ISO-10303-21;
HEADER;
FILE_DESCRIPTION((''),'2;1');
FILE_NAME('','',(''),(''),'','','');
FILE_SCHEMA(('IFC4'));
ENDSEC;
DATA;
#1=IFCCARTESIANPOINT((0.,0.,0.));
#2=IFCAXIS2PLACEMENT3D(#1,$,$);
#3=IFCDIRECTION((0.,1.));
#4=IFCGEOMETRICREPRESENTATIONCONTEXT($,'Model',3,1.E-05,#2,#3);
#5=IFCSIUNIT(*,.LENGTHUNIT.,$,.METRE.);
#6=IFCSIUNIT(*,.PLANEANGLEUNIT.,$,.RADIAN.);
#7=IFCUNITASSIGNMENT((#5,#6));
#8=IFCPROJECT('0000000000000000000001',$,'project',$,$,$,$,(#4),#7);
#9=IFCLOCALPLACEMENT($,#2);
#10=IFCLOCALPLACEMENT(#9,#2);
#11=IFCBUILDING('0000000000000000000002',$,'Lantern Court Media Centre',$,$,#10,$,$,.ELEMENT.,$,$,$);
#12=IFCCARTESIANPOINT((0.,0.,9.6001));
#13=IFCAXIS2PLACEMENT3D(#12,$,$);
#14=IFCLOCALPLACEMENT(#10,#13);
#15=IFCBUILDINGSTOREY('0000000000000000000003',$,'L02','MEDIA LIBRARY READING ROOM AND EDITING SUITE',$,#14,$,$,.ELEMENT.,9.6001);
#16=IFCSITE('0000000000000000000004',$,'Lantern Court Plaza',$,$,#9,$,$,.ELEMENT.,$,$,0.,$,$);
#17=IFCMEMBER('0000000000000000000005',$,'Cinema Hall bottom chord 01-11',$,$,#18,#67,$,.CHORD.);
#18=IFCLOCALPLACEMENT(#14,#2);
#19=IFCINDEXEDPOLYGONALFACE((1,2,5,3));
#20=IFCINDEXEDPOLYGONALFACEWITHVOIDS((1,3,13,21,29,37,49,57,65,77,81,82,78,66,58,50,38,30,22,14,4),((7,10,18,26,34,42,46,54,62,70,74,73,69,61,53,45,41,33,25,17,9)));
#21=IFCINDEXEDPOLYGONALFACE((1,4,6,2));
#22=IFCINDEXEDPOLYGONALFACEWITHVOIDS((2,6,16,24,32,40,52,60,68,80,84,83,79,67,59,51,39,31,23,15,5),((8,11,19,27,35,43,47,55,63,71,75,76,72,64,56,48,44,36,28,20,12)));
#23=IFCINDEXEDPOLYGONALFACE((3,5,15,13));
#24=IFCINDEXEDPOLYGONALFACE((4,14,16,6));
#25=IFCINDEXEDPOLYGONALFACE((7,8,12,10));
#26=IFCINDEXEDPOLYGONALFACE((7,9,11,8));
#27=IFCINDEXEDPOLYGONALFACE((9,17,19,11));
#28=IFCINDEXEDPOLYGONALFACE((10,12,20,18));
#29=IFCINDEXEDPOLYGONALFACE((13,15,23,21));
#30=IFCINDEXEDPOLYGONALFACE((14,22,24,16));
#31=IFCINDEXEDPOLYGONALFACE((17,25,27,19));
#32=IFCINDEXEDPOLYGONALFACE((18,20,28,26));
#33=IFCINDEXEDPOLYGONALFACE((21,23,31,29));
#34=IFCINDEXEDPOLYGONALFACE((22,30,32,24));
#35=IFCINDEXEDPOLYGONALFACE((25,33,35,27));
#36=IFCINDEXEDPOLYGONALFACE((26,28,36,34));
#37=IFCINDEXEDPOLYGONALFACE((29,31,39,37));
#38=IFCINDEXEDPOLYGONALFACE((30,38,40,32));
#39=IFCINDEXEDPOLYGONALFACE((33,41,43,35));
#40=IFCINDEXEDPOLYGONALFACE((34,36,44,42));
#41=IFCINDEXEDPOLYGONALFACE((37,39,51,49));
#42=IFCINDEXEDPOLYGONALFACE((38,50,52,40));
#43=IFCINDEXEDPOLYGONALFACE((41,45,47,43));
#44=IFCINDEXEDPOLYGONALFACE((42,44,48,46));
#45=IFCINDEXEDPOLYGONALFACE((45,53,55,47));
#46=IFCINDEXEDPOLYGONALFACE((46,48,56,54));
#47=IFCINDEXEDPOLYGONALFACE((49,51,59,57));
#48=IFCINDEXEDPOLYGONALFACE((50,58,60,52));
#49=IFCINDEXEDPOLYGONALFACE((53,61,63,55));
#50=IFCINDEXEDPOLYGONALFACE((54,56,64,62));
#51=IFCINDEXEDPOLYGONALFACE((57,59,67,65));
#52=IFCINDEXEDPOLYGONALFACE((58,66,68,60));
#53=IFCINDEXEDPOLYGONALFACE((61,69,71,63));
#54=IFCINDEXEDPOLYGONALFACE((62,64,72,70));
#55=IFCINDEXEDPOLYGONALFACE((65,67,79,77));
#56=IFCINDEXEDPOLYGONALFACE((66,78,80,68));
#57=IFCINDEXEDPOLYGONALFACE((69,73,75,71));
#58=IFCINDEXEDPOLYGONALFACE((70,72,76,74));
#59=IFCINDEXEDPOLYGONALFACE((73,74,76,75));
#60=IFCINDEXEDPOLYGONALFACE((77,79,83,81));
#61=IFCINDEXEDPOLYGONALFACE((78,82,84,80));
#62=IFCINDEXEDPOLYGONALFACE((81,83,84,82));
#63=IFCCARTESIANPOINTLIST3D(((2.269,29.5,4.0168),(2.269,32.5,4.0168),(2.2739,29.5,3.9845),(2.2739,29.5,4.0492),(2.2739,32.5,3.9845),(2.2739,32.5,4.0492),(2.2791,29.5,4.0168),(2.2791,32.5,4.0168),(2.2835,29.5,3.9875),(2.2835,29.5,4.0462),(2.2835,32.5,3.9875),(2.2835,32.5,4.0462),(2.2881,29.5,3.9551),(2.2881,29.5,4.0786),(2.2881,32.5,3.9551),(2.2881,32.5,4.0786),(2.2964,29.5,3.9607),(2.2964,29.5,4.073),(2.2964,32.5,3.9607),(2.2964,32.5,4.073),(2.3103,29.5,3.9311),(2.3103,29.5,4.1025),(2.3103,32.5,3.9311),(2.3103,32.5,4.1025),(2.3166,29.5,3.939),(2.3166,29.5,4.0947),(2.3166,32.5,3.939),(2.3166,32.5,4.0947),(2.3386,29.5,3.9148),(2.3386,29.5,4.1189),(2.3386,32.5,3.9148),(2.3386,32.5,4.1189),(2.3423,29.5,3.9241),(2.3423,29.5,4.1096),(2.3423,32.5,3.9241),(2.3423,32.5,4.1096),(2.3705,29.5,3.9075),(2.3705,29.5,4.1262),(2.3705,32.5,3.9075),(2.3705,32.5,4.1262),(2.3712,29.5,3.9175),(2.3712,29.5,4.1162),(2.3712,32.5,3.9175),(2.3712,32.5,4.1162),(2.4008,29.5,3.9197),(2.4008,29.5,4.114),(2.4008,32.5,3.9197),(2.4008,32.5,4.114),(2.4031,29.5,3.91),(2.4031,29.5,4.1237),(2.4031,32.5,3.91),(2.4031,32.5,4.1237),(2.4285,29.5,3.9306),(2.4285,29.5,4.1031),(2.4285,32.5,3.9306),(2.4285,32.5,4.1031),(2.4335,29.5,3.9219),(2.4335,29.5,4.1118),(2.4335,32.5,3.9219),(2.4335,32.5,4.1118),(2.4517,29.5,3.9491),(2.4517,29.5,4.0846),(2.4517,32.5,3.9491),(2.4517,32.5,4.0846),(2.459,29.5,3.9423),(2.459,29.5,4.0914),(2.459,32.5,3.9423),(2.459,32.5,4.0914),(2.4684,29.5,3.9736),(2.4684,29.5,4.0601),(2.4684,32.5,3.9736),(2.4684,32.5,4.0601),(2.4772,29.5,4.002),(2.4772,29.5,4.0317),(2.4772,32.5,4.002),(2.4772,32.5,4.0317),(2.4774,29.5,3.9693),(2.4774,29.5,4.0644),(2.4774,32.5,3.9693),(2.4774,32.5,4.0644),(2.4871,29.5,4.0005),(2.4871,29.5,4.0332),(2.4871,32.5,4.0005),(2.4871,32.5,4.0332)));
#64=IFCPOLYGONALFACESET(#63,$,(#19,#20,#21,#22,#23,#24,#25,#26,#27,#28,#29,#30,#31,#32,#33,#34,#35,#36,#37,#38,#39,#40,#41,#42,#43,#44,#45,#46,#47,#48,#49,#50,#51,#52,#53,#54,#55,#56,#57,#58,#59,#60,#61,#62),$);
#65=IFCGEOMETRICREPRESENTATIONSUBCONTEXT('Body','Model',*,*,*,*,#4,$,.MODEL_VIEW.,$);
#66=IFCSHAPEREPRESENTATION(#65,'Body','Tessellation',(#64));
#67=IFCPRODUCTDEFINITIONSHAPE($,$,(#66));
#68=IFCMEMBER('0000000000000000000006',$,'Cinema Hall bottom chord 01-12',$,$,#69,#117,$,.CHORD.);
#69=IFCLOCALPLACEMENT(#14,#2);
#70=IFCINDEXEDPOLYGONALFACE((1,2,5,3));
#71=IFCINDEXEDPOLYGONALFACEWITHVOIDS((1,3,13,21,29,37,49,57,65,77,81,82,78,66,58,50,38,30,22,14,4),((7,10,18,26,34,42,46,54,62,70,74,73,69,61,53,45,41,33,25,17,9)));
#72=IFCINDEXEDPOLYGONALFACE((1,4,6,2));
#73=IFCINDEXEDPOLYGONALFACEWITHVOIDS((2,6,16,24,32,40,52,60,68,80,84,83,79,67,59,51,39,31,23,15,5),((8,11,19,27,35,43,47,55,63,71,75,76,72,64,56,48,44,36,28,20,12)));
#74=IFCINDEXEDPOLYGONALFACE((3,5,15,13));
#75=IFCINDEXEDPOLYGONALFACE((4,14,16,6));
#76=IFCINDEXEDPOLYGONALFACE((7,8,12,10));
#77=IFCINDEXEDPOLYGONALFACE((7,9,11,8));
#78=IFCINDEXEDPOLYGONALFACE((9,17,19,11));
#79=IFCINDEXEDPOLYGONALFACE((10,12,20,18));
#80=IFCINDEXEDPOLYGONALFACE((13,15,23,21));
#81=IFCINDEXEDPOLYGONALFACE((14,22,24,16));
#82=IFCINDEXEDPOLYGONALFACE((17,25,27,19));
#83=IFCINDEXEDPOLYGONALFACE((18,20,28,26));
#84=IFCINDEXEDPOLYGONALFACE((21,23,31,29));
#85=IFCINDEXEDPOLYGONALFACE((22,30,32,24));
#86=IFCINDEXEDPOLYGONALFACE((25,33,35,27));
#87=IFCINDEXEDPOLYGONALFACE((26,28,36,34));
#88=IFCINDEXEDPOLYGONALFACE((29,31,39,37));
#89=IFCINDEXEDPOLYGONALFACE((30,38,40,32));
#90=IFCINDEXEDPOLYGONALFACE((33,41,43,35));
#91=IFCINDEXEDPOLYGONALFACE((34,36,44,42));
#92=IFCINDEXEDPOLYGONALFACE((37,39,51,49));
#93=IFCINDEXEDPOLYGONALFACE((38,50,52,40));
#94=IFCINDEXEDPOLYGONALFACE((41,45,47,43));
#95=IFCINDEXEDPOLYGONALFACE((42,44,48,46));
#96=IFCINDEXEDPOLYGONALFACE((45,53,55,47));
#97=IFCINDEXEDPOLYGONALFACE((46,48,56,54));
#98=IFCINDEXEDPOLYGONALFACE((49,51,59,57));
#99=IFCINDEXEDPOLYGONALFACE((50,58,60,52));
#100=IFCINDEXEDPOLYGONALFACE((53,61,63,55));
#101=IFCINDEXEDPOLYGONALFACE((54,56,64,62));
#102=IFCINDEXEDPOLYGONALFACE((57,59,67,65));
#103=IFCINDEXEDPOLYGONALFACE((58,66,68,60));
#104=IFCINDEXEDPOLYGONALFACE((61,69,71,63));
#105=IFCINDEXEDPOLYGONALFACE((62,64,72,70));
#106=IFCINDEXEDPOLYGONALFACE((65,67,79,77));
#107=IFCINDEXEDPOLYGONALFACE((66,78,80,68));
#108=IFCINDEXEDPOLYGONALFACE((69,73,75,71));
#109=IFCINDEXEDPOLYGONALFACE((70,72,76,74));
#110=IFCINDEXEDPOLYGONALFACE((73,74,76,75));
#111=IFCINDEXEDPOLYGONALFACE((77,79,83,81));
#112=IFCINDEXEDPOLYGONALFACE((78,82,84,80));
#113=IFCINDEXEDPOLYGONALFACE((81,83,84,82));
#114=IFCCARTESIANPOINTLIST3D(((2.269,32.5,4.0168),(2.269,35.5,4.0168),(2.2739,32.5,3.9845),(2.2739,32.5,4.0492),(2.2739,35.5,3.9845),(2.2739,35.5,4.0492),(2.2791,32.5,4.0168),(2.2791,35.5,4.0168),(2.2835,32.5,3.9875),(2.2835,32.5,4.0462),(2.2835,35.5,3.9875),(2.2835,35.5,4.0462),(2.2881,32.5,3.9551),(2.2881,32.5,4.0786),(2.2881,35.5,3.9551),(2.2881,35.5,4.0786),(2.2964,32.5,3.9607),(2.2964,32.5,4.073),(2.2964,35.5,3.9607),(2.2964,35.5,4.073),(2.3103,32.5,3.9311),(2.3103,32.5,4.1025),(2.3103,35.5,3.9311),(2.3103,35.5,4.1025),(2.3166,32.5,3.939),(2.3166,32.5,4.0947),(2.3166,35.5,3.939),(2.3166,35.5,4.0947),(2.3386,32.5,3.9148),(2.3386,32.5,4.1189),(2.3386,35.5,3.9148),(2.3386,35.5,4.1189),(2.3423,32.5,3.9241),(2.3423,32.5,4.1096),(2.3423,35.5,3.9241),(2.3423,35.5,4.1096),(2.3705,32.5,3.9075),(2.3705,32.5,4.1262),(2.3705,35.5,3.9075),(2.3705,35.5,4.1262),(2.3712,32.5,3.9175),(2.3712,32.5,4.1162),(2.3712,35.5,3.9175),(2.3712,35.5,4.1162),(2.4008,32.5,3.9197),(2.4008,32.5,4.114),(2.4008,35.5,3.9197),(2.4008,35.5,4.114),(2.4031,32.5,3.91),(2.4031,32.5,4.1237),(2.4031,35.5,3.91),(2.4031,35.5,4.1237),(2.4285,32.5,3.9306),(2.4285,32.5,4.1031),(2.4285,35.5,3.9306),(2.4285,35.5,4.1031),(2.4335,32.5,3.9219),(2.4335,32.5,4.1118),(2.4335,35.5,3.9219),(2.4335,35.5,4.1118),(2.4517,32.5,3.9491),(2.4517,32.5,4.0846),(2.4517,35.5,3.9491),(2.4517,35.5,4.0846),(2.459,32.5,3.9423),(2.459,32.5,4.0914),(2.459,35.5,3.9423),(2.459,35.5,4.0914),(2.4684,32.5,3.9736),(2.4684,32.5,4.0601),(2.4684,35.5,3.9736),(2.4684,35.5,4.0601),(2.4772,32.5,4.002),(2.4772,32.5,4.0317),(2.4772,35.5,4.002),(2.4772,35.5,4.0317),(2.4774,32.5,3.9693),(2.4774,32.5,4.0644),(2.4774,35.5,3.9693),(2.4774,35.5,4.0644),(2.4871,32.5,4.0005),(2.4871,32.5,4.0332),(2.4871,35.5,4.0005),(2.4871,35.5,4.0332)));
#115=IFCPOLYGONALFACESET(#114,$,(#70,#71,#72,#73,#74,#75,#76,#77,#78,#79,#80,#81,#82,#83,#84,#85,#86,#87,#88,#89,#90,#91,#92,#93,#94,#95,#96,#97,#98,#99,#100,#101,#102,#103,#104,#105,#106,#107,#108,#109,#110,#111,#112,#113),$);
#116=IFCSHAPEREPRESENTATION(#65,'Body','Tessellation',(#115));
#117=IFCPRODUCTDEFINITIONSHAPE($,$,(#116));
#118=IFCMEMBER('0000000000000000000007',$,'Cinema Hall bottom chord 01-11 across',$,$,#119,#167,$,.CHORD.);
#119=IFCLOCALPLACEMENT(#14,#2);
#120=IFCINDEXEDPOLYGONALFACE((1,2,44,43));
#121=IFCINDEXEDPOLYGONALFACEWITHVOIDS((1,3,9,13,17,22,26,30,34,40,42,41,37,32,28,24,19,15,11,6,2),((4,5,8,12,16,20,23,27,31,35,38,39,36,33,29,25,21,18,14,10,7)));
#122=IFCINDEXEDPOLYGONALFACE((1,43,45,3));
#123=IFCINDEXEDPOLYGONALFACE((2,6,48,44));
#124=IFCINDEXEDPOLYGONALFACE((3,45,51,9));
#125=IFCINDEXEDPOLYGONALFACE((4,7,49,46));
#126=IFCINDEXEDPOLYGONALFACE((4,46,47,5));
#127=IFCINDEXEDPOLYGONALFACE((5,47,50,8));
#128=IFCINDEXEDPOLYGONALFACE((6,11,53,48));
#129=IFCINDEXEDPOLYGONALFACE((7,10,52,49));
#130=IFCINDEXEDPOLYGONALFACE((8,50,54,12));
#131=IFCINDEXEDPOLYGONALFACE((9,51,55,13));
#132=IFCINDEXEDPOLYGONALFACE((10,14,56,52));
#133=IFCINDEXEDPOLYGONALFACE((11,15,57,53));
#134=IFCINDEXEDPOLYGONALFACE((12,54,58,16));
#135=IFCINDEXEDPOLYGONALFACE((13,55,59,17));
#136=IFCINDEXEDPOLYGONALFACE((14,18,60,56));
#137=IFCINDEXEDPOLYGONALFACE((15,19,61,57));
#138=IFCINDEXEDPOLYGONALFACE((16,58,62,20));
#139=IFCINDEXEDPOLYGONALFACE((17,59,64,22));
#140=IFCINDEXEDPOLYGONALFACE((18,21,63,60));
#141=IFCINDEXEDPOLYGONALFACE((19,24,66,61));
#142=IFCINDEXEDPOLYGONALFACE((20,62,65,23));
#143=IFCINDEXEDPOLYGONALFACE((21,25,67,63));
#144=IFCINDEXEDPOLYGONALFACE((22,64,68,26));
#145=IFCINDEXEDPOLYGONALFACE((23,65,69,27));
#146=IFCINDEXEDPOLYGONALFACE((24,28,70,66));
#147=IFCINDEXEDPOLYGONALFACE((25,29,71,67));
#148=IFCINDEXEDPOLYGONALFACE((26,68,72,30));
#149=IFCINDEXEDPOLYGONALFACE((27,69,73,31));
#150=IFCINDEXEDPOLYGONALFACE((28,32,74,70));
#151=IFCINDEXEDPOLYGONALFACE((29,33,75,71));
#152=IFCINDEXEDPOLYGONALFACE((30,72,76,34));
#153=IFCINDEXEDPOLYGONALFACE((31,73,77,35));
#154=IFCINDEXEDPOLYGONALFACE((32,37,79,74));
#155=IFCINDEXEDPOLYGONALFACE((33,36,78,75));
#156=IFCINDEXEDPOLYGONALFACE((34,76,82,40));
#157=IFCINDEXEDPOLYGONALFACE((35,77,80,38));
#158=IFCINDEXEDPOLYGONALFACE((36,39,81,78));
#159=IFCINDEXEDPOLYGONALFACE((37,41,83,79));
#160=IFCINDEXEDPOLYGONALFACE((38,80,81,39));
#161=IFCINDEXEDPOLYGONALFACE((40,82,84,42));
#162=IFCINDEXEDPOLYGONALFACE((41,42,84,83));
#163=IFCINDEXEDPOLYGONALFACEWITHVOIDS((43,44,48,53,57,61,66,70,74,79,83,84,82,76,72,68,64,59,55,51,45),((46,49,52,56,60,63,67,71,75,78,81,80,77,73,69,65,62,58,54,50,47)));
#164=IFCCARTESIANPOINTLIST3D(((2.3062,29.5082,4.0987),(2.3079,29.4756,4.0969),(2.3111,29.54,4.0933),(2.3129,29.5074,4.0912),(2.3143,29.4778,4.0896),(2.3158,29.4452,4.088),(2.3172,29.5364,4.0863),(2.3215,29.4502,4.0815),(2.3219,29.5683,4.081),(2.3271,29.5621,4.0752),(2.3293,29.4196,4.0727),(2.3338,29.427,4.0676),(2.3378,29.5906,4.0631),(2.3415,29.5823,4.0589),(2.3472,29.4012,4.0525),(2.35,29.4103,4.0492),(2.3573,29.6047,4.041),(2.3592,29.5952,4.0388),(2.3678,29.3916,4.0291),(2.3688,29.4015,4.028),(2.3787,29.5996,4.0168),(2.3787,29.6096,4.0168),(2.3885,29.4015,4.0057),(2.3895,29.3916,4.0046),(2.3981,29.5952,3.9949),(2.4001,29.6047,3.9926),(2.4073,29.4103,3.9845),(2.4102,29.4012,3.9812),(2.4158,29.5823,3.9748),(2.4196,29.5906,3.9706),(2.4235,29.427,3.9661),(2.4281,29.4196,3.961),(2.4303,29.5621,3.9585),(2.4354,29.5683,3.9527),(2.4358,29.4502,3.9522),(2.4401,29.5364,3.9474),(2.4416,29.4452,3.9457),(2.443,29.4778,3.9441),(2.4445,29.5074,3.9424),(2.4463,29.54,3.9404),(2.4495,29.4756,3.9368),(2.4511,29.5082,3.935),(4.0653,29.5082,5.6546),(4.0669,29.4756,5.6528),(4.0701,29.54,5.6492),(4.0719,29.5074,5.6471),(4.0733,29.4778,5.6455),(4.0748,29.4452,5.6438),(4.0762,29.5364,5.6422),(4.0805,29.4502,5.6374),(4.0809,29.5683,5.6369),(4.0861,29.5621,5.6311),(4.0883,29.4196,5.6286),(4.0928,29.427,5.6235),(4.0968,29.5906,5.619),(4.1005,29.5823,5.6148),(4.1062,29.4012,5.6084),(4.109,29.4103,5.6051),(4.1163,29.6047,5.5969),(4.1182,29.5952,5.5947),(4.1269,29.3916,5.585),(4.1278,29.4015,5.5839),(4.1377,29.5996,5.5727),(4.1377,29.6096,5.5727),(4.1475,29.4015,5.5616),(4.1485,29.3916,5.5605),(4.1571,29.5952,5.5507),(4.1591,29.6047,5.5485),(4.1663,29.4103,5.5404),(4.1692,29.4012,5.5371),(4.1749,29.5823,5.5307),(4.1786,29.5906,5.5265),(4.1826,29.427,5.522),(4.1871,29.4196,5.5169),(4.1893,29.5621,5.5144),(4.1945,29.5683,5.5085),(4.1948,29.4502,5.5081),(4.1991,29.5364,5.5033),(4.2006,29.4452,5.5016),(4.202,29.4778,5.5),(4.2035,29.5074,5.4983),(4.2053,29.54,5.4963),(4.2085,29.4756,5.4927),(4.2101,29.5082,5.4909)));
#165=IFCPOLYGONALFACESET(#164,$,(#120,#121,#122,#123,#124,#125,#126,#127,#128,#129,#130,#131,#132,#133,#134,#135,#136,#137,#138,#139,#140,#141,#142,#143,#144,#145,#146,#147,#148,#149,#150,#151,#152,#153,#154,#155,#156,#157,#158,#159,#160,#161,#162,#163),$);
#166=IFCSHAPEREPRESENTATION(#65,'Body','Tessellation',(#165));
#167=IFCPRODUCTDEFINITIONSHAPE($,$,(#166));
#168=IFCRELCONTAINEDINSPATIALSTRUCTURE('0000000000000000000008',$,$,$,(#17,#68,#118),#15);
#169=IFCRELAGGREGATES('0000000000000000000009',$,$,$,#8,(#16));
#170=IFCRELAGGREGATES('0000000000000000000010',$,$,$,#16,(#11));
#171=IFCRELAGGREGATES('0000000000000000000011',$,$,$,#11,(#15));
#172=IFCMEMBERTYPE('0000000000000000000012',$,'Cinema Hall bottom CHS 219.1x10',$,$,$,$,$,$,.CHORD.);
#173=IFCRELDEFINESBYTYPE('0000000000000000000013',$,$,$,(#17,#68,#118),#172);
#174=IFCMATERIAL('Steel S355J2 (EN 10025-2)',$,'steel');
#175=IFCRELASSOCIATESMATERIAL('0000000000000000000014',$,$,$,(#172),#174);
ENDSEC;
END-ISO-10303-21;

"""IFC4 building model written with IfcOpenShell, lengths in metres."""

from ifc_helpers import new_model, si_unit, direction, frame, origin, origin_2d, place, context, subcontext, project, spatial, hollow_circle, extrude, material, material_profile, profile_set, type_object, element, save


model = new_model("IFC4")

# Units and contexts
model_context = context("Model", 3, precision=1e-05, world=origin(), true_north=direction((0.0, 1.0)))
body_context = subcontext(model_context, "Body", "Model", "MODEL_VIEW")
ifc_project = project(units=[si_unit("LENGTHUNIT", "METRE"), si_unit("PLANEANGLEUNIT", "RADIAN")], contexts=[model_context])

# Site, building, storey
site_placement = place(None, origin())
site = spatial("IfcSite", under=ifc_project, at=site_placement, Name="Lantern Court Plaza", CompositionType="ELEMENT", RefElevation=0.0)
building_placement = place(site_placement, origin())
building = spatial("IfcBuilding", under=site, at=building_placement, Name="Lantern Court Media Centre", CompositionType="ELEMENT")
storey_placement = place(building_placement, frame((0.0, 0.0, 9.6001)))
storey = spatial("IfcBuildingStorey", under=building, at=storey_placement, Name="L02", Description="MEDIA LIBRARY READING ROOM AND EDITING SUITE", CompositionType="ELEMENT", Elevation=9.6001)

# Shared definitions
ifc_material_1 = material(Name="Steel S355J2 (EN 10025-2)", Category="steel")

# Members
ifc_material_profile_1 = material_profile(ifc_material_1, hollow_circle(Radius=0.1096, WallThickness=0.01, at=origin_2d()), Name="Cinema Hall bottom CHS 219.1x10")
ifc_profile_set_1 = profile_set([ifc_material_profile_1], Name="Steel S355J2 (EN 10025-2)")
member_type_1 = type_object("IfcMemberType", Name="Cinema Hall bottom CHS 219.1x10", PredefinedType="CHORD", material=ifc_profile_set_1)
for number, where, z_axis, x_axis, name in (
    (1, (2.3787, 29.5, 4.0168), (0.0, 1.0, 0.0), (-1.0, 0.0, 0.0), "Cinema Hall bottom chord 01-11"),
    (2, (2.3787, 32.5, 4.0168), (0.0, 1.0, 0.0), (-1.0, 0.0, 0.0), "Cinema Hall bottom chord 01-12"),
):
    element("IfcMember", number, at=place(storey_placement, frame(where, z_axis=z_axis, x_axis=x_axis)), inside=storey, type_object=member_type_1, Name=name, PredefinedType="CHORD", context=body_context, shape_type="SweptSolid", body=[
        extrude(hollow_circle(Radius=0.1096, WallThickness=0.01, at=origin_2d()), origin(), (0.0, 0.0, 1.0), 3.0),
    ])
for number, where, z_axis, x_axis, name in (
    (3, (2.3787, 29.5, 4.0168), (0.74903, 0.0, 0.662536), (0.0, 1.0, 0.0), "Cinema Hall bottom chord 01-11 across"),
):
    element("IfcMember", number, at=place(storey_placement, frame(where, z_axis=z_axis, x_axis=x_axis)), inside=storey, type_object=member_type_1, Name=name, PredefinedType="CHORD", context=body_context, shape_type="SweptSolid", body=[
        extrude(hollow_circle(Radius=0.1096, WallThickness=0.01, at=origin_2d()), origin(), (0.0, 0.0, 1.0), 2.3484),
    ])

save(model, "model.ifc")
